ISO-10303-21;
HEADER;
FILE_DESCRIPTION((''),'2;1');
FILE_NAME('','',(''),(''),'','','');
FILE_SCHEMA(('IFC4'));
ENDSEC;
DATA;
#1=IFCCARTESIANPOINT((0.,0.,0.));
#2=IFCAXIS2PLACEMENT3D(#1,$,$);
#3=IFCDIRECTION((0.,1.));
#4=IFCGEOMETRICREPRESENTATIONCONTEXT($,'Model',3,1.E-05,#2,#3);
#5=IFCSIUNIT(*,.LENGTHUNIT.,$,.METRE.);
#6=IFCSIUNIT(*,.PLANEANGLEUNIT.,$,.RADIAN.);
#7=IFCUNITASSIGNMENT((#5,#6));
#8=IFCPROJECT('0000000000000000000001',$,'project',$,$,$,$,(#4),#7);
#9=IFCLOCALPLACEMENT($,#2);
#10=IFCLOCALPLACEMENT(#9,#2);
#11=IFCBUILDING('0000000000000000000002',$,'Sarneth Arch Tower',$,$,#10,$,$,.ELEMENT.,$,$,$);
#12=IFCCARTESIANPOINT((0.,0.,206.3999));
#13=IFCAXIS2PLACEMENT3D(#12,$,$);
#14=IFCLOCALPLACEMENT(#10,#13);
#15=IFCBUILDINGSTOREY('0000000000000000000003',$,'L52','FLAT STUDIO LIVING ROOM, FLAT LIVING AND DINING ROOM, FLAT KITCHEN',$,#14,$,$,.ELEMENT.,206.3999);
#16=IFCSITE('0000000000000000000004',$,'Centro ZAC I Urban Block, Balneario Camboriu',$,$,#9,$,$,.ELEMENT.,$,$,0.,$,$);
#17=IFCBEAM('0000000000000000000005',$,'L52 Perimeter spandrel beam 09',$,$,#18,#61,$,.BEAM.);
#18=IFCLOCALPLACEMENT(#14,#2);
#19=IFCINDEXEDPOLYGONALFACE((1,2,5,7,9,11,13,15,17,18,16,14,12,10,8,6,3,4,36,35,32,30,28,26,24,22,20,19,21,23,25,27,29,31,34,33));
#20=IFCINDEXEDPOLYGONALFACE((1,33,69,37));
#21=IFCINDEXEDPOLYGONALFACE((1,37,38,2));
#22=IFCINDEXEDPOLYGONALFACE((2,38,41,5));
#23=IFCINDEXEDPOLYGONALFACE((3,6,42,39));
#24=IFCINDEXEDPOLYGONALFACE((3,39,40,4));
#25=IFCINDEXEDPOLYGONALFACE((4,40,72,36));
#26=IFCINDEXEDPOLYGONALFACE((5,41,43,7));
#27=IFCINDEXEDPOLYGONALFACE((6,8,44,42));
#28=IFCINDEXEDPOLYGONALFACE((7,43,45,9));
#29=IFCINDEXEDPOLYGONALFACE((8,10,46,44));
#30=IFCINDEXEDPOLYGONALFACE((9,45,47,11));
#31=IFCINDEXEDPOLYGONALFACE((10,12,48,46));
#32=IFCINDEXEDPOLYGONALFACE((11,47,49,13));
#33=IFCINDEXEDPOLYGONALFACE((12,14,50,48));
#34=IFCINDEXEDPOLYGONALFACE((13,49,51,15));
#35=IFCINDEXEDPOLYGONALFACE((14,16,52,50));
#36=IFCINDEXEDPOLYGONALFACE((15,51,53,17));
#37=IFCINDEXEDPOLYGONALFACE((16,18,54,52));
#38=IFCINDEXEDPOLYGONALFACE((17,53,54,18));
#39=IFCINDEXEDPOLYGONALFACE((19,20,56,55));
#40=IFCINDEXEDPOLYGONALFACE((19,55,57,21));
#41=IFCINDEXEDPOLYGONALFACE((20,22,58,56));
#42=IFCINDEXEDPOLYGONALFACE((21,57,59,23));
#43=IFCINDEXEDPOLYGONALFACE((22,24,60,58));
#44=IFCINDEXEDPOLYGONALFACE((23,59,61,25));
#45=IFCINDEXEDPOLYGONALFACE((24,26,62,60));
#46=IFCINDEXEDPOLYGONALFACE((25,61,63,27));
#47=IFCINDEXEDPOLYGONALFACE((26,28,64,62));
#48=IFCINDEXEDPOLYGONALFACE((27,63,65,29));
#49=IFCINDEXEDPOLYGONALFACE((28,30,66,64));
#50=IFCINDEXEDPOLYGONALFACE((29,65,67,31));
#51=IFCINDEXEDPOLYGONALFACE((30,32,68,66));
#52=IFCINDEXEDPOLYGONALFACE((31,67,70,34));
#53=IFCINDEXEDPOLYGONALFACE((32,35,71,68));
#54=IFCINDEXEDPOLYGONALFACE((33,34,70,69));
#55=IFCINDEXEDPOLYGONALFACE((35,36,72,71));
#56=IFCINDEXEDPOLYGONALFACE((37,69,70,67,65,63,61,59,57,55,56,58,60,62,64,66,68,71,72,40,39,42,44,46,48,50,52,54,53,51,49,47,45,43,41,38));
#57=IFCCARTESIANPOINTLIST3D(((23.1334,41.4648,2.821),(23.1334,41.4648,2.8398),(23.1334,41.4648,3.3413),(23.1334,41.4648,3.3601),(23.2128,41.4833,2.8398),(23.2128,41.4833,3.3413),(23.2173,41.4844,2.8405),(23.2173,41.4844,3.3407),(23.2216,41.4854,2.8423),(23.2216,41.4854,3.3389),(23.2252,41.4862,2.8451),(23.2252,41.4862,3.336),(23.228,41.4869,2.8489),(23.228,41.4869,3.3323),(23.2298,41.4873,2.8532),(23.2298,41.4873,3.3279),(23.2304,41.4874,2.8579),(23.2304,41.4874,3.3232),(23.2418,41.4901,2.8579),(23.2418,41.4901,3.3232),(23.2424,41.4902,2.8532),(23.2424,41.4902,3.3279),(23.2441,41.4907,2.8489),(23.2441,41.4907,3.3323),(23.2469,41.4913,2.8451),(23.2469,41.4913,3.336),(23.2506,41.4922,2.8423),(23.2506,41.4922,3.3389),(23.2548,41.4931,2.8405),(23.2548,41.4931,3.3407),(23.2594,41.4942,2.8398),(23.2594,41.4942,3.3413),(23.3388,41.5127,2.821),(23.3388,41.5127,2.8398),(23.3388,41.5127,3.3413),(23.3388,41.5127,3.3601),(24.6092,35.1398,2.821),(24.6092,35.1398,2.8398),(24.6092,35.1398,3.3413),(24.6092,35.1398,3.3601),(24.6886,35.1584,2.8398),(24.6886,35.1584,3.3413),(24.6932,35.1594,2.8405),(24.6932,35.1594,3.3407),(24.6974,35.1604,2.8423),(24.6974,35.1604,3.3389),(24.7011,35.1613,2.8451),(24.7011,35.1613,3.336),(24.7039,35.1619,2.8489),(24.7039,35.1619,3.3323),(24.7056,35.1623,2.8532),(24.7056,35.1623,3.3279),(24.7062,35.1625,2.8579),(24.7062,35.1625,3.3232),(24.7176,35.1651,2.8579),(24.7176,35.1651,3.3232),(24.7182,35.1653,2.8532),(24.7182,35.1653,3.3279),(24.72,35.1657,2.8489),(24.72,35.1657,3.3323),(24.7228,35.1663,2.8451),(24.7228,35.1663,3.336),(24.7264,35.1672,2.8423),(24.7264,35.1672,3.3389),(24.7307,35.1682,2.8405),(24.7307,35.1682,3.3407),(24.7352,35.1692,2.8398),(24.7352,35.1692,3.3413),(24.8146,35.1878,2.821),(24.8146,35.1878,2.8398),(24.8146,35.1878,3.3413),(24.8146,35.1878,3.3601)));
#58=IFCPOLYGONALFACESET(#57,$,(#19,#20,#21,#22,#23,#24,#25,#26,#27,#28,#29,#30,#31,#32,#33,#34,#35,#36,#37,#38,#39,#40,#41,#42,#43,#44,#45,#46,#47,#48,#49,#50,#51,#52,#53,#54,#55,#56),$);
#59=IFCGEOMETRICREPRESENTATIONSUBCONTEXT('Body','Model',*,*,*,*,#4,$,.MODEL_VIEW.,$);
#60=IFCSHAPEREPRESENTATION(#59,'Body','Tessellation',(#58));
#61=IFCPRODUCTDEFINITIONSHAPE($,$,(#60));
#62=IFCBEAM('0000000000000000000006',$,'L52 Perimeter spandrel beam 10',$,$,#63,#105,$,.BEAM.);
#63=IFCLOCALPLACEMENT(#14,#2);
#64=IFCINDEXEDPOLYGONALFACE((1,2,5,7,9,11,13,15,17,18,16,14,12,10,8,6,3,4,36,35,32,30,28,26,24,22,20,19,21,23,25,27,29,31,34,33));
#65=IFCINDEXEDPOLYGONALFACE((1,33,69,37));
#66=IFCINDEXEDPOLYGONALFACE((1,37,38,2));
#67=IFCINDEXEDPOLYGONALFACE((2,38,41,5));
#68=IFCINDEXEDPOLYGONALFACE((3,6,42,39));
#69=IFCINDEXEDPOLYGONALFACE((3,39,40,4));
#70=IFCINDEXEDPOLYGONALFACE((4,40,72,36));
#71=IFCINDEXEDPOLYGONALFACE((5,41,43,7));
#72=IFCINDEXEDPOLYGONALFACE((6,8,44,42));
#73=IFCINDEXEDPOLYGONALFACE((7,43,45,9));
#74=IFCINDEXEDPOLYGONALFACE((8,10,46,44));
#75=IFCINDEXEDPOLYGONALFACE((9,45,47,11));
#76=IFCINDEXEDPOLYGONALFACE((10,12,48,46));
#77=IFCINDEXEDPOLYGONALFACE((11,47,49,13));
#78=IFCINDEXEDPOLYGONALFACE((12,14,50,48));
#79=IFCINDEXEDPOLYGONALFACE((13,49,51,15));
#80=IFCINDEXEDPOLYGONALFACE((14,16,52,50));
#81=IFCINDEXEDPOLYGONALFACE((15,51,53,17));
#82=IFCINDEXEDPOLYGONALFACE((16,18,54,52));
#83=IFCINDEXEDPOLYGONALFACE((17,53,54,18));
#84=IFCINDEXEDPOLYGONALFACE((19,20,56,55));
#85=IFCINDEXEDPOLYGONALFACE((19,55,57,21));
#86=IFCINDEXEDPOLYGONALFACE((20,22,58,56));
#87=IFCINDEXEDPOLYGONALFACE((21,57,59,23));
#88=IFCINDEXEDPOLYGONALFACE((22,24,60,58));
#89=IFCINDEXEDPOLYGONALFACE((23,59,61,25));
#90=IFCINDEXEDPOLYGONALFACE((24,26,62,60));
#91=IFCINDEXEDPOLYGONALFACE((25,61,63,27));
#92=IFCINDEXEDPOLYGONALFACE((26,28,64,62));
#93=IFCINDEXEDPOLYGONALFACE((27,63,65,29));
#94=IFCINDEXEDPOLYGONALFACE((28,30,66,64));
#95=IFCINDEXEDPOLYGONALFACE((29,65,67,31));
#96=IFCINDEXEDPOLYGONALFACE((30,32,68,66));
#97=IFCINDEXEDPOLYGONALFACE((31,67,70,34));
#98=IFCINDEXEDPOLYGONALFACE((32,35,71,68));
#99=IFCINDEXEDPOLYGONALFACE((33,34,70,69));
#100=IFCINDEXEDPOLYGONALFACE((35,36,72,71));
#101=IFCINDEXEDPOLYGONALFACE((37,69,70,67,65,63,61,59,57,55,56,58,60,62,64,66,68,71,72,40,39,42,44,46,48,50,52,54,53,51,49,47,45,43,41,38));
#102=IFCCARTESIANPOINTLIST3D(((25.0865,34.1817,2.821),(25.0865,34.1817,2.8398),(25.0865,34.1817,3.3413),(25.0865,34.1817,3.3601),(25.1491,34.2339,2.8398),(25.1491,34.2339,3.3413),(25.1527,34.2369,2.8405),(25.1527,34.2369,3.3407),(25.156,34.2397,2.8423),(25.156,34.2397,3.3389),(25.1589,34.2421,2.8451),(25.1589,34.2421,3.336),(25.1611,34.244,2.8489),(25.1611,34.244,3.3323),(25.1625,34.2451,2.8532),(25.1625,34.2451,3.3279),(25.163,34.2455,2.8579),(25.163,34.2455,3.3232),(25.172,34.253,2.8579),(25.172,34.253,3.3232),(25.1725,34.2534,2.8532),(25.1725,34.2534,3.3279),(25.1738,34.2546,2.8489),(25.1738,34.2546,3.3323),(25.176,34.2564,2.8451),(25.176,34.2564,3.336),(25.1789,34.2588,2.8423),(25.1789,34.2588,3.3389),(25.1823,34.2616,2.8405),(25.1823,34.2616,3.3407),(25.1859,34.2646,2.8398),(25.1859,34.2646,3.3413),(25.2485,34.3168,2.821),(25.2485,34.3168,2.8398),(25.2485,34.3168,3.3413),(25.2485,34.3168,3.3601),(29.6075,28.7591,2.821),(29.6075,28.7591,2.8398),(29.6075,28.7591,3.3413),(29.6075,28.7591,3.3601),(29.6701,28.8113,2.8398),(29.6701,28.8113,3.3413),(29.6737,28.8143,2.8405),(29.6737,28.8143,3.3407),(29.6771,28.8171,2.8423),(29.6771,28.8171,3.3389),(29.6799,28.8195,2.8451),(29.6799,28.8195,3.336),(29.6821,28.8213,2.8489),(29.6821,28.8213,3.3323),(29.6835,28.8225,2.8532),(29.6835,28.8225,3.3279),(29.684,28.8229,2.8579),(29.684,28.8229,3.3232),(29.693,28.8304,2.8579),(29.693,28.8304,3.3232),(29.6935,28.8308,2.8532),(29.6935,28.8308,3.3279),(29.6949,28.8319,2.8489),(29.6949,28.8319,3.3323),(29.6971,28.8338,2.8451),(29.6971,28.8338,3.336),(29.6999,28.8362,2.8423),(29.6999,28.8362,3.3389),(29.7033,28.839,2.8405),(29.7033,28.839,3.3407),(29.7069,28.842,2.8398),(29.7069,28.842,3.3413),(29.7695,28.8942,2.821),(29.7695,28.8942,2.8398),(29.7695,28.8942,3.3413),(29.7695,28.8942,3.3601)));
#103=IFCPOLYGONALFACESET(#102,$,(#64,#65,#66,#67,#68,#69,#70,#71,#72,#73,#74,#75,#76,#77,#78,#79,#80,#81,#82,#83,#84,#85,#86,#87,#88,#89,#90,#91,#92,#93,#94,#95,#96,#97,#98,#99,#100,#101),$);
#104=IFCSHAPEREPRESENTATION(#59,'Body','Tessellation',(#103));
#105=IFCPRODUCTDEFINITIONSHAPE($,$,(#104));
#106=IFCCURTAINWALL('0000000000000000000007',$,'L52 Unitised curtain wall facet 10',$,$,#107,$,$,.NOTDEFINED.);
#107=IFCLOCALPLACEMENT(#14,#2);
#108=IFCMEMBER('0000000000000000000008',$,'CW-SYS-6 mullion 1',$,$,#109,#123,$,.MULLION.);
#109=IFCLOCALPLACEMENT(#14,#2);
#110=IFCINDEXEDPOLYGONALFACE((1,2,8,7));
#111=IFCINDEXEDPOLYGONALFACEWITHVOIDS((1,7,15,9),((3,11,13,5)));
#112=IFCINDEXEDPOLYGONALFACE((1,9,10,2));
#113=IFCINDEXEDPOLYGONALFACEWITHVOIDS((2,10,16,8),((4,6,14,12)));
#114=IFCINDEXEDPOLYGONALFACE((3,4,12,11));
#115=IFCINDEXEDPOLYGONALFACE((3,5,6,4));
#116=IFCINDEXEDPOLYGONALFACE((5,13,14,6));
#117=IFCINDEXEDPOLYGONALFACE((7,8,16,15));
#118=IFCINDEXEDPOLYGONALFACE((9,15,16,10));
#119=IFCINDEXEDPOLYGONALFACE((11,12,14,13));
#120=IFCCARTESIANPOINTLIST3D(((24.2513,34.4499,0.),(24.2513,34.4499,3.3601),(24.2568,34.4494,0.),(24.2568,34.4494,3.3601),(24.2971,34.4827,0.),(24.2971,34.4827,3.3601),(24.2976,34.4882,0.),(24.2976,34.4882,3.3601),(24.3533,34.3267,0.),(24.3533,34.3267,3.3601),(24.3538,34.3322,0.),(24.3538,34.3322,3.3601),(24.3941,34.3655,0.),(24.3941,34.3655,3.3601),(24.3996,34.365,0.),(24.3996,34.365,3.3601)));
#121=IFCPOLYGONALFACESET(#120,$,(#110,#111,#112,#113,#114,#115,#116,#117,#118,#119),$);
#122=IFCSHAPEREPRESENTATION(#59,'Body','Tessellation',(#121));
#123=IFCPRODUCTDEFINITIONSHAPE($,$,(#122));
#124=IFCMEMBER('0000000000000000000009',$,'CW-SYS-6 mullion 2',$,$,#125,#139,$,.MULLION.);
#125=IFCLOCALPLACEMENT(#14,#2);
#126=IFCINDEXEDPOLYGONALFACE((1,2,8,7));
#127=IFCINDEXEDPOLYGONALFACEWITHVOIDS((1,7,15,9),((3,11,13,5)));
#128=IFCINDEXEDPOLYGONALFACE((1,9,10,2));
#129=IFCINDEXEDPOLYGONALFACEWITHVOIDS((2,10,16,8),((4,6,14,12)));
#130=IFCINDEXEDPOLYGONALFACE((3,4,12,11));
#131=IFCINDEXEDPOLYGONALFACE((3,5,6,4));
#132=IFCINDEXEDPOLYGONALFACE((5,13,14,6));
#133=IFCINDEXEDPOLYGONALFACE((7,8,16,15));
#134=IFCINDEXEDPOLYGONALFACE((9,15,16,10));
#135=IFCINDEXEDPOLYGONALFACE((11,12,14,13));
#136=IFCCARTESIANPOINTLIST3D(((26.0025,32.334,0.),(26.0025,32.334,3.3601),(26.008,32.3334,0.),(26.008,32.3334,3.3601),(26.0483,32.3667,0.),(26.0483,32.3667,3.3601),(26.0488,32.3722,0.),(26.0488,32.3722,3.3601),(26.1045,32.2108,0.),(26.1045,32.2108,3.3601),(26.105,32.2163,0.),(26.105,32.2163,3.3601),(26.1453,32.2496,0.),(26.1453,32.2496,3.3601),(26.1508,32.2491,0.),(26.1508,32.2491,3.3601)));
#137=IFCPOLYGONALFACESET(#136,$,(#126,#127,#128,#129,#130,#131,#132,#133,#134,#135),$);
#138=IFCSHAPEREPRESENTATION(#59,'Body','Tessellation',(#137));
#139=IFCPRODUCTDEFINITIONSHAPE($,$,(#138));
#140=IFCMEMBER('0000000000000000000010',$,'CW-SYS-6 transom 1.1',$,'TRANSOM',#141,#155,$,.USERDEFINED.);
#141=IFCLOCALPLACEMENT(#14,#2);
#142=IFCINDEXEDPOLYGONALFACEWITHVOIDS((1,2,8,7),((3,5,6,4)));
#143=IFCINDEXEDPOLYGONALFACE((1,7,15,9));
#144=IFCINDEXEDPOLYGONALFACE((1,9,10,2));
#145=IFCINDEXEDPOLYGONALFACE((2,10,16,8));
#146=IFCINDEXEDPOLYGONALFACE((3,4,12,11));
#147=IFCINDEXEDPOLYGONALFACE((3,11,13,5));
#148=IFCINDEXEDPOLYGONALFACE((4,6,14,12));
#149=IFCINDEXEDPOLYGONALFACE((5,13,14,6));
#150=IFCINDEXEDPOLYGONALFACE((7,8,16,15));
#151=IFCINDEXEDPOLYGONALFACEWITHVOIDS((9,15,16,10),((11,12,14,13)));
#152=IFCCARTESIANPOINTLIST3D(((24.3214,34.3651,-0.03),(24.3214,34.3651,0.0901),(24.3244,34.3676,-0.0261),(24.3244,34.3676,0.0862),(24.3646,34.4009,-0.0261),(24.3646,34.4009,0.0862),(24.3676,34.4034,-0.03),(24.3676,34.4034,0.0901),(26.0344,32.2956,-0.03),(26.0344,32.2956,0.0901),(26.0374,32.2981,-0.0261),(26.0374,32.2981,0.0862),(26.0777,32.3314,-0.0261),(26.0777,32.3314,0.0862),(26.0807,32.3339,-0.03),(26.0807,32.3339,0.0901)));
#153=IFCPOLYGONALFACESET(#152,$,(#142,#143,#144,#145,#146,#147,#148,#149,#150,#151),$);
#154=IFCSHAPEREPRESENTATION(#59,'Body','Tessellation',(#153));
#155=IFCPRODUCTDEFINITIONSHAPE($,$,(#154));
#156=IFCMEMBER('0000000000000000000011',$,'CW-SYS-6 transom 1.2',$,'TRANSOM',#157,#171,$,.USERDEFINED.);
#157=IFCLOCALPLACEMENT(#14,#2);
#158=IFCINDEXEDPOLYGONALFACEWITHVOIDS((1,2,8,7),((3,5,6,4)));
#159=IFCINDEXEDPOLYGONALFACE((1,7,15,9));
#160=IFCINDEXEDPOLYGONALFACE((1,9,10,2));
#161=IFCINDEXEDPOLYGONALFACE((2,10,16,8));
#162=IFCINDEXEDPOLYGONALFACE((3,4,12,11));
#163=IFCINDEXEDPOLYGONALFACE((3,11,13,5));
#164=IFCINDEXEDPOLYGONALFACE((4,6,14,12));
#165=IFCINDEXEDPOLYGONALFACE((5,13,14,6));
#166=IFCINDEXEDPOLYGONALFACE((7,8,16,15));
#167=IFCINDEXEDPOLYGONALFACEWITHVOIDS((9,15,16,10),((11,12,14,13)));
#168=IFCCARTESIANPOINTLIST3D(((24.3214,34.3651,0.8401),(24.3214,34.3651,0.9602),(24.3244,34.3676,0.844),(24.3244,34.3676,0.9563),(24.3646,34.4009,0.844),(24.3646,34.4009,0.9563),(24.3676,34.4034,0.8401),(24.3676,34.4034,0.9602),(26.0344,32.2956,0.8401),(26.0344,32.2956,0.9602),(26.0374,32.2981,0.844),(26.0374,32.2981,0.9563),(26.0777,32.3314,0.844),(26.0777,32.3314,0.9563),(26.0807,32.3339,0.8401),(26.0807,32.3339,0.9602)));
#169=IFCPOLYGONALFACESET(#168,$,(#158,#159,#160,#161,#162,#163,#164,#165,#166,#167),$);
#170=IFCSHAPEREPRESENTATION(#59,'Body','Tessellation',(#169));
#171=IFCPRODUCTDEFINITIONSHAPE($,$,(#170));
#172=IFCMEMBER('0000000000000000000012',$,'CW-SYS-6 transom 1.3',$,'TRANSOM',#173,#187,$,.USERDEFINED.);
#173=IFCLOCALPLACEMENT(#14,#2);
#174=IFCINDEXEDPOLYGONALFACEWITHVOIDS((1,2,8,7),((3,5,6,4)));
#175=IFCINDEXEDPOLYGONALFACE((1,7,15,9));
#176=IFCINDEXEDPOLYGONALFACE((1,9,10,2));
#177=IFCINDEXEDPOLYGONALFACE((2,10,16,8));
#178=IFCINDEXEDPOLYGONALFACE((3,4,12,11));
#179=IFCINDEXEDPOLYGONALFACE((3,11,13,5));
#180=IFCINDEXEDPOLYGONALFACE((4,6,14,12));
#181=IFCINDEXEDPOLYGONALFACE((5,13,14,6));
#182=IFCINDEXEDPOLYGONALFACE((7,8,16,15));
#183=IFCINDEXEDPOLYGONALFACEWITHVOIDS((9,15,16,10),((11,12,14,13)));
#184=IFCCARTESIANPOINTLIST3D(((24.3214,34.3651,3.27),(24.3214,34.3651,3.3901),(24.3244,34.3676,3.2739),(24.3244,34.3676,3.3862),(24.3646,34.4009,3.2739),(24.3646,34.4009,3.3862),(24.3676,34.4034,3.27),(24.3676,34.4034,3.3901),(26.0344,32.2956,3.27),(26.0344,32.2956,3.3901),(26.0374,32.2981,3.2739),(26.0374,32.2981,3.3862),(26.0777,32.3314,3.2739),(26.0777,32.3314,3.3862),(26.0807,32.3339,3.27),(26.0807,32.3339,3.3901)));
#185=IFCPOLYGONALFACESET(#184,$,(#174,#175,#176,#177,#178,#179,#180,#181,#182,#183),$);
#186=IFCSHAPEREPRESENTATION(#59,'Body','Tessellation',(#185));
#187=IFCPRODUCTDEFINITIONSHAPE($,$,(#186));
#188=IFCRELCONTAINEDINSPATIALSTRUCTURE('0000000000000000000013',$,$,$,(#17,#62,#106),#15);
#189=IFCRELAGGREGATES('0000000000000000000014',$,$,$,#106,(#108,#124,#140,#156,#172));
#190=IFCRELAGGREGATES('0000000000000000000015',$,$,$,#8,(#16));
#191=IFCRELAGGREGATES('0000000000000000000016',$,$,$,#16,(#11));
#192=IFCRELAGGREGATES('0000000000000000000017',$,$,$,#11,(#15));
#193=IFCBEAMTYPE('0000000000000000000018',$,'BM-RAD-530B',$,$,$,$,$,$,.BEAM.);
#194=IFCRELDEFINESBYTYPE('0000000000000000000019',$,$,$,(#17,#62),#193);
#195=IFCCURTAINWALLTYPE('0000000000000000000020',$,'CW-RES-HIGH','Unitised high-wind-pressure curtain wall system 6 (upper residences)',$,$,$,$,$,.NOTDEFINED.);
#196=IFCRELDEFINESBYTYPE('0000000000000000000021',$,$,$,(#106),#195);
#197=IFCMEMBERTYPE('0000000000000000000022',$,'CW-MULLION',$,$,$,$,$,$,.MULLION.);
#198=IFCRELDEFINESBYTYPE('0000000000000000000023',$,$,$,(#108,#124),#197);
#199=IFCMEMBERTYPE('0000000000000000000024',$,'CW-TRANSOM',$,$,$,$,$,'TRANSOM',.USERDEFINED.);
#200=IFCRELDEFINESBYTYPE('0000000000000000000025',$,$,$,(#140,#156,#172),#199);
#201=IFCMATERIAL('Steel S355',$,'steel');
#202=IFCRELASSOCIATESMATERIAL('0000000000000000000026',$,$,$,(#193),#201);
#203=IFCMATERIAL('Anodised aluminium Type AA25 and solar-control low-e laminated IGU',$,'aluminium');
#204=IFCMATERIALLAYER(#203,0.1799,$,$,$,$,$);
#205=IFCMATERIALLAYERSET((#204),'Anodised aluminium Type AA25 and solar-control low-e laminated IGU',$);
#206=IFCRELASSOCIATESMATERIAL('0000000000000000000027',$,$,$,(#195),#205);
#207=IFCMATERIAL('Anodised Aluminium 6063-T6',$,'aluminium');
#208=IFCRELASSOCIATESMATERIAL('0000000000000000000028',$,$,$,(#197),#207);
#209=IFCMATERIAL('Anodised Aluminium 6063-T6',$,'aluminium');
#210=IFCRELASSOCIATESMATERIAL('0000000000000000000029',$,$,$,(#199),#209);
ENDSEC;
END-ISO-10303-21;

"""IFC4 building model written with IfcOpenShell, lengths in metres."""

from ifc_helpers import new_model, si_unit, direction, frame, origin, origin_2d, place, context, subcontext, project, spatial, hollow_rectangle, i_section, extrude, material, layer, layer_set, material_profile, profile_set, type_object, element, aggregate, save


model = new_model("IFC4")

# Units and contexts
model_context = context("Model", 3, precision=1e-05, world=origin(), true_north=direction((0.0, 1.0)))
body_context = subcontext(model_context, "Body", "Model", "MODEL_VIEW")
ifc_project = project(units=[si_unit("LENGTHUNIT", "METRE"), si_unit("PLANEANGLEUNIT", "RADIAN")], contexts=[model_context])

# Site, building, storey
site_placement = place(None, origin())
site = spatial("IfcSite", under=ifc_project, at=site_placement, Name="Centro ZAC I Urban Block, Balneario Camboriu", CompositionType="ELEMENT", RefElevation=0.0)
building_placement = place(site_placement, origin())
building = spatial("IfcBuilding", under=site, at=building_placement, Name="Sarneth Arch Tower", CompositionType="ELEMENT")
storey_placement = place(building_placement, frame((0.0, 0.0, 206.3999)))
storey = spatial("IfcBuildingStorey", under=building, at=storey_placement, Name="L52", Description="FLAT STUDIO LIVING ROOM, FLAT LIVING AND DINING ROOM, FLAT KITCHEN", CompositionType="ELEMENT", Elevation=206.3999)

# Beams
ifc_material_1 = material(Name="Steel S355", Category="steel")
ifc_material_profile_1 = material_profile(ifc_material_1, i_section(OverallWidth=0.2109, OverallDepth=0.5391, WebThickness=0.0117, FlangeThickness=0.0188, FilletRadius=0.0181, at=origin_2d()), Name="W530x109")
ifc_profile_set_1 = profile_set([ifc_material_profile_1], Name="Steel S355")
beam_type = type_object("IfcBeamType", Name="BM-RAD-530B", PredefinedType="BEAM", material=ifc_profile_set_1)
beam_1_placement = place(storey_placement, frame((23.2361, 41.4888, 3.0906), z_axis=(0.227231, -0.973841, 0.0), x_axis=(0.973841, 0.227231, 0.0)))
element("IfcBeam", 1, at=beam_1_placement, inside=storey, type_object=beam_type, Name="L52 Perimeter spandrel beam 09", PredefinedType="BEAM", context=body_context, shape_type="SweptSolid", body=[
    extrude(i_section(OverallWidth=0.2109, OverallDepth=0.5391, WebThickness=0.0117, FlangeThickness=0.0188, FilletRadius=0.0181, at=origin_2d()), origin(), (0.0, 0.0, 1.0), 6.4949),
])
beam_2_placement = place(storey_placement, frame((25.1675, 34.2493, 3.0906), z_axis=(0.640365, -0.768071, 0.0), x_axis=(0.768071, 0.640365, 0.0)))
element("IfcBeam", 2, at=beam_2_placement, inside=storey, type_object=beam_type, Name="L52 Perimeter spandrel beam 10", PredefinedType="BEAM", context=body_context, shape_type="SweptSolid", body=[
    extrude(i_section(OverallWidth=0.2109, OverallDepth=0.5391, WebThickness=0.0117, FlangeThickness=0.0188, FilletRadius=0.0181, at=origin_2d()), origin(), (0.0, 0.0, 1.0), 7.0601),
])

# Curtain wall, members
ifc_material_2 = material(Name="Anodised aluminium Type AA25 and solar-control low-e laminated IGU", Category="aluminium")
ifc_layer_1 = layer(ifc_material_2, 0.1799)
ifc_layer_set_1 = layer_set([ifc_layer_1], Name="Anodised aluminium Type AA25 and solar-control low-e laminated IGU")
curtain_wall_type = type_object("IfcCurtainWallType", Name="CW-RES-HIGH", Description="Unitised high-wind-pressure curtain wall system 6 (upper residences)", PredefinedType="NOTDEFINED", material=ifc_layer_set_1)
curtain_wall_placement = place(storey_placement, origin())
curtain_wall = element("IfcCurtainWall", 3, at=curtain_wall_placement, inside=storey, type_object=curtain_wall_type, Name="L52 Unitised curtain wall facet 10", PredefinedType="NOTDEFINED")
ifc_material_3 = material(Name="Anodised Aluminium 6063-T6", Category="aluminium")
ifc_material_profile_2 = material_profile(ifc_material_3, hollow_rectangle(XDim=0.0601, YDim=0.1599, WallThickness=0.0039, at=origin_2d()), Name="AL-MULL-160x60x4")
ifc_profile_set_2 = profile_set([ifc_material_profile_2], Name="Anodised Aluminium 6063-T6")
member_type_1 = type_object("IfcMemberType", Name="CW-MULLION", PredefinedType="MULLION", material=ifc_profile_set_2)
member_1_placement = place(storey_placement, frame((24.3254, 34.4075, 0.0), z_axis=(0.0, 0.0, 1.0), x_axis=(0.770359, 0.63761, 0.0)))
member_1 = element("IfcMember", 4, at=member_1_placement, type_object=member_type_1, Name="CW-SYS-6 mullion 1", PredefinedType="MULLION", context=body_context, shape_type="SweptSolid", body=[
    extrude(hollow_rectangle(XDim=0.0601, YDim=0.1599, WallThickness=0.0039, at=origin_2d()), origin(), (0.0, 0.0, 1.0), 3.3601),
])
member_2_placement = place(storey_placement, frame((26.0767, 32.2915, 0.0), z_axis=(0.0, 0.0, 1.0), x_axis=(0.770359, 0.63761, 0.0)))
member_2 = element("IfcMember", 5, at=member_2_placement, type_object=member_type_1, Name="CW-SYS-6 mullion 2", PredefinedType="MULLION", context=body_context, shape_type="SweptSolid", body=[
    extrude(hollow_rectangle(XDim=0.0601, YDim=0.1599, WallThickness=0.0039, at=origin_2d()), origin(), (0.0, 0.0, 1.0), 3.3601),
])
ifc_material_4 = material(Name="Anodised Aluminium 6063-T6", Category="aluminium")
ifc_material_profile_3 = material_profile(ifc_material_4, hollow_rectangle(XDim=0.0601, YDim=0.1201, WallThickness=0.0039, at=origin_2d()), Name="AL-TRAN-120x60x4")
ifc_profile_set_3 = profile_set([ifc_material_profile_3], Name="Anodised Aluminium 6063-T6")
member_type_2 = type_object("IfcMemberType", Name="CW-TRANSOM", ElementType="TRANSOM", PredefinedType="USERDEFINED", material=ifc_profile_set_3)
member_3_placement = place(storey_placement, frame((24.3445, 34.3843, 0.03), z_axis=(0.637651, -0.770325, 0.0), x_axis=(0.770325, 0.637651, 0.0)))
member_3 = element("IfcMember", 6, at=member_3_placement, type_object=member_type_2, Name="CW-SYS-6 transom 1.1", ObjectType="TRANSOM", PredefinedType="USERDEFINED", context=body_context, shape_type="SweptSolid", body=[
    extrude(hollow_rectangle(XDim=0.0601, YDim=0.1201, WallThickness=0.0039, at=origin_2d()), origin(), (0.0, 0.0, 1.0), 2.6865),
])
member_4_placement = place(storey_placement, frame((24.3445, 34.3843, 0.9001), z_axis=(0.637651, -0.770325, 0.0), x_axis=(0.770325, 0.637651, 0.0)))
member_4 = element("IfcMember", 7, at=member_4_placement, type_object=member_type_2, Name="CW-SYS-6 transom 1.2", ObjectType="TRANSOM", PredefinedType="USERDEFINED", context=body_context, shape_type="SweptSolid", body=[
    extrude(hollow_rectangle(XDim=0.0601, YDim=0.1201, WallThickness=0.0039, at=origin_2d()), origin(), (0.0, 0.0, 1.0), 2.6865),
])
member_5_placement = place(storey_placement, frame((24.3445, 34.3843, 3.3301), z_axis=(0.637651, -0.770325, 0.0), x_axis=(0.770325, 0.637651, 0.0)))
member_5 = element("IfcMember", 8, at=member_5_placement, type_object=member_type_2, Name="CW-SYS-6 transom 1.3", ObjectType="TRANSOM", PredefinedType="USERDEFINED", context=body_context, shape_type="SweptSolid", body=[
    extrude(hollow_rectangle(XDim=0.0601, YDim=0.1201, WallThickness=0.0039, at=origin_2d()), origin(), (0.0, 0.0, 1.0), 2.6865),
])

aggregate(curtain_wall, [member_1, member_2, member_3, member_4, member_5])

save(model, "model.ifc")
